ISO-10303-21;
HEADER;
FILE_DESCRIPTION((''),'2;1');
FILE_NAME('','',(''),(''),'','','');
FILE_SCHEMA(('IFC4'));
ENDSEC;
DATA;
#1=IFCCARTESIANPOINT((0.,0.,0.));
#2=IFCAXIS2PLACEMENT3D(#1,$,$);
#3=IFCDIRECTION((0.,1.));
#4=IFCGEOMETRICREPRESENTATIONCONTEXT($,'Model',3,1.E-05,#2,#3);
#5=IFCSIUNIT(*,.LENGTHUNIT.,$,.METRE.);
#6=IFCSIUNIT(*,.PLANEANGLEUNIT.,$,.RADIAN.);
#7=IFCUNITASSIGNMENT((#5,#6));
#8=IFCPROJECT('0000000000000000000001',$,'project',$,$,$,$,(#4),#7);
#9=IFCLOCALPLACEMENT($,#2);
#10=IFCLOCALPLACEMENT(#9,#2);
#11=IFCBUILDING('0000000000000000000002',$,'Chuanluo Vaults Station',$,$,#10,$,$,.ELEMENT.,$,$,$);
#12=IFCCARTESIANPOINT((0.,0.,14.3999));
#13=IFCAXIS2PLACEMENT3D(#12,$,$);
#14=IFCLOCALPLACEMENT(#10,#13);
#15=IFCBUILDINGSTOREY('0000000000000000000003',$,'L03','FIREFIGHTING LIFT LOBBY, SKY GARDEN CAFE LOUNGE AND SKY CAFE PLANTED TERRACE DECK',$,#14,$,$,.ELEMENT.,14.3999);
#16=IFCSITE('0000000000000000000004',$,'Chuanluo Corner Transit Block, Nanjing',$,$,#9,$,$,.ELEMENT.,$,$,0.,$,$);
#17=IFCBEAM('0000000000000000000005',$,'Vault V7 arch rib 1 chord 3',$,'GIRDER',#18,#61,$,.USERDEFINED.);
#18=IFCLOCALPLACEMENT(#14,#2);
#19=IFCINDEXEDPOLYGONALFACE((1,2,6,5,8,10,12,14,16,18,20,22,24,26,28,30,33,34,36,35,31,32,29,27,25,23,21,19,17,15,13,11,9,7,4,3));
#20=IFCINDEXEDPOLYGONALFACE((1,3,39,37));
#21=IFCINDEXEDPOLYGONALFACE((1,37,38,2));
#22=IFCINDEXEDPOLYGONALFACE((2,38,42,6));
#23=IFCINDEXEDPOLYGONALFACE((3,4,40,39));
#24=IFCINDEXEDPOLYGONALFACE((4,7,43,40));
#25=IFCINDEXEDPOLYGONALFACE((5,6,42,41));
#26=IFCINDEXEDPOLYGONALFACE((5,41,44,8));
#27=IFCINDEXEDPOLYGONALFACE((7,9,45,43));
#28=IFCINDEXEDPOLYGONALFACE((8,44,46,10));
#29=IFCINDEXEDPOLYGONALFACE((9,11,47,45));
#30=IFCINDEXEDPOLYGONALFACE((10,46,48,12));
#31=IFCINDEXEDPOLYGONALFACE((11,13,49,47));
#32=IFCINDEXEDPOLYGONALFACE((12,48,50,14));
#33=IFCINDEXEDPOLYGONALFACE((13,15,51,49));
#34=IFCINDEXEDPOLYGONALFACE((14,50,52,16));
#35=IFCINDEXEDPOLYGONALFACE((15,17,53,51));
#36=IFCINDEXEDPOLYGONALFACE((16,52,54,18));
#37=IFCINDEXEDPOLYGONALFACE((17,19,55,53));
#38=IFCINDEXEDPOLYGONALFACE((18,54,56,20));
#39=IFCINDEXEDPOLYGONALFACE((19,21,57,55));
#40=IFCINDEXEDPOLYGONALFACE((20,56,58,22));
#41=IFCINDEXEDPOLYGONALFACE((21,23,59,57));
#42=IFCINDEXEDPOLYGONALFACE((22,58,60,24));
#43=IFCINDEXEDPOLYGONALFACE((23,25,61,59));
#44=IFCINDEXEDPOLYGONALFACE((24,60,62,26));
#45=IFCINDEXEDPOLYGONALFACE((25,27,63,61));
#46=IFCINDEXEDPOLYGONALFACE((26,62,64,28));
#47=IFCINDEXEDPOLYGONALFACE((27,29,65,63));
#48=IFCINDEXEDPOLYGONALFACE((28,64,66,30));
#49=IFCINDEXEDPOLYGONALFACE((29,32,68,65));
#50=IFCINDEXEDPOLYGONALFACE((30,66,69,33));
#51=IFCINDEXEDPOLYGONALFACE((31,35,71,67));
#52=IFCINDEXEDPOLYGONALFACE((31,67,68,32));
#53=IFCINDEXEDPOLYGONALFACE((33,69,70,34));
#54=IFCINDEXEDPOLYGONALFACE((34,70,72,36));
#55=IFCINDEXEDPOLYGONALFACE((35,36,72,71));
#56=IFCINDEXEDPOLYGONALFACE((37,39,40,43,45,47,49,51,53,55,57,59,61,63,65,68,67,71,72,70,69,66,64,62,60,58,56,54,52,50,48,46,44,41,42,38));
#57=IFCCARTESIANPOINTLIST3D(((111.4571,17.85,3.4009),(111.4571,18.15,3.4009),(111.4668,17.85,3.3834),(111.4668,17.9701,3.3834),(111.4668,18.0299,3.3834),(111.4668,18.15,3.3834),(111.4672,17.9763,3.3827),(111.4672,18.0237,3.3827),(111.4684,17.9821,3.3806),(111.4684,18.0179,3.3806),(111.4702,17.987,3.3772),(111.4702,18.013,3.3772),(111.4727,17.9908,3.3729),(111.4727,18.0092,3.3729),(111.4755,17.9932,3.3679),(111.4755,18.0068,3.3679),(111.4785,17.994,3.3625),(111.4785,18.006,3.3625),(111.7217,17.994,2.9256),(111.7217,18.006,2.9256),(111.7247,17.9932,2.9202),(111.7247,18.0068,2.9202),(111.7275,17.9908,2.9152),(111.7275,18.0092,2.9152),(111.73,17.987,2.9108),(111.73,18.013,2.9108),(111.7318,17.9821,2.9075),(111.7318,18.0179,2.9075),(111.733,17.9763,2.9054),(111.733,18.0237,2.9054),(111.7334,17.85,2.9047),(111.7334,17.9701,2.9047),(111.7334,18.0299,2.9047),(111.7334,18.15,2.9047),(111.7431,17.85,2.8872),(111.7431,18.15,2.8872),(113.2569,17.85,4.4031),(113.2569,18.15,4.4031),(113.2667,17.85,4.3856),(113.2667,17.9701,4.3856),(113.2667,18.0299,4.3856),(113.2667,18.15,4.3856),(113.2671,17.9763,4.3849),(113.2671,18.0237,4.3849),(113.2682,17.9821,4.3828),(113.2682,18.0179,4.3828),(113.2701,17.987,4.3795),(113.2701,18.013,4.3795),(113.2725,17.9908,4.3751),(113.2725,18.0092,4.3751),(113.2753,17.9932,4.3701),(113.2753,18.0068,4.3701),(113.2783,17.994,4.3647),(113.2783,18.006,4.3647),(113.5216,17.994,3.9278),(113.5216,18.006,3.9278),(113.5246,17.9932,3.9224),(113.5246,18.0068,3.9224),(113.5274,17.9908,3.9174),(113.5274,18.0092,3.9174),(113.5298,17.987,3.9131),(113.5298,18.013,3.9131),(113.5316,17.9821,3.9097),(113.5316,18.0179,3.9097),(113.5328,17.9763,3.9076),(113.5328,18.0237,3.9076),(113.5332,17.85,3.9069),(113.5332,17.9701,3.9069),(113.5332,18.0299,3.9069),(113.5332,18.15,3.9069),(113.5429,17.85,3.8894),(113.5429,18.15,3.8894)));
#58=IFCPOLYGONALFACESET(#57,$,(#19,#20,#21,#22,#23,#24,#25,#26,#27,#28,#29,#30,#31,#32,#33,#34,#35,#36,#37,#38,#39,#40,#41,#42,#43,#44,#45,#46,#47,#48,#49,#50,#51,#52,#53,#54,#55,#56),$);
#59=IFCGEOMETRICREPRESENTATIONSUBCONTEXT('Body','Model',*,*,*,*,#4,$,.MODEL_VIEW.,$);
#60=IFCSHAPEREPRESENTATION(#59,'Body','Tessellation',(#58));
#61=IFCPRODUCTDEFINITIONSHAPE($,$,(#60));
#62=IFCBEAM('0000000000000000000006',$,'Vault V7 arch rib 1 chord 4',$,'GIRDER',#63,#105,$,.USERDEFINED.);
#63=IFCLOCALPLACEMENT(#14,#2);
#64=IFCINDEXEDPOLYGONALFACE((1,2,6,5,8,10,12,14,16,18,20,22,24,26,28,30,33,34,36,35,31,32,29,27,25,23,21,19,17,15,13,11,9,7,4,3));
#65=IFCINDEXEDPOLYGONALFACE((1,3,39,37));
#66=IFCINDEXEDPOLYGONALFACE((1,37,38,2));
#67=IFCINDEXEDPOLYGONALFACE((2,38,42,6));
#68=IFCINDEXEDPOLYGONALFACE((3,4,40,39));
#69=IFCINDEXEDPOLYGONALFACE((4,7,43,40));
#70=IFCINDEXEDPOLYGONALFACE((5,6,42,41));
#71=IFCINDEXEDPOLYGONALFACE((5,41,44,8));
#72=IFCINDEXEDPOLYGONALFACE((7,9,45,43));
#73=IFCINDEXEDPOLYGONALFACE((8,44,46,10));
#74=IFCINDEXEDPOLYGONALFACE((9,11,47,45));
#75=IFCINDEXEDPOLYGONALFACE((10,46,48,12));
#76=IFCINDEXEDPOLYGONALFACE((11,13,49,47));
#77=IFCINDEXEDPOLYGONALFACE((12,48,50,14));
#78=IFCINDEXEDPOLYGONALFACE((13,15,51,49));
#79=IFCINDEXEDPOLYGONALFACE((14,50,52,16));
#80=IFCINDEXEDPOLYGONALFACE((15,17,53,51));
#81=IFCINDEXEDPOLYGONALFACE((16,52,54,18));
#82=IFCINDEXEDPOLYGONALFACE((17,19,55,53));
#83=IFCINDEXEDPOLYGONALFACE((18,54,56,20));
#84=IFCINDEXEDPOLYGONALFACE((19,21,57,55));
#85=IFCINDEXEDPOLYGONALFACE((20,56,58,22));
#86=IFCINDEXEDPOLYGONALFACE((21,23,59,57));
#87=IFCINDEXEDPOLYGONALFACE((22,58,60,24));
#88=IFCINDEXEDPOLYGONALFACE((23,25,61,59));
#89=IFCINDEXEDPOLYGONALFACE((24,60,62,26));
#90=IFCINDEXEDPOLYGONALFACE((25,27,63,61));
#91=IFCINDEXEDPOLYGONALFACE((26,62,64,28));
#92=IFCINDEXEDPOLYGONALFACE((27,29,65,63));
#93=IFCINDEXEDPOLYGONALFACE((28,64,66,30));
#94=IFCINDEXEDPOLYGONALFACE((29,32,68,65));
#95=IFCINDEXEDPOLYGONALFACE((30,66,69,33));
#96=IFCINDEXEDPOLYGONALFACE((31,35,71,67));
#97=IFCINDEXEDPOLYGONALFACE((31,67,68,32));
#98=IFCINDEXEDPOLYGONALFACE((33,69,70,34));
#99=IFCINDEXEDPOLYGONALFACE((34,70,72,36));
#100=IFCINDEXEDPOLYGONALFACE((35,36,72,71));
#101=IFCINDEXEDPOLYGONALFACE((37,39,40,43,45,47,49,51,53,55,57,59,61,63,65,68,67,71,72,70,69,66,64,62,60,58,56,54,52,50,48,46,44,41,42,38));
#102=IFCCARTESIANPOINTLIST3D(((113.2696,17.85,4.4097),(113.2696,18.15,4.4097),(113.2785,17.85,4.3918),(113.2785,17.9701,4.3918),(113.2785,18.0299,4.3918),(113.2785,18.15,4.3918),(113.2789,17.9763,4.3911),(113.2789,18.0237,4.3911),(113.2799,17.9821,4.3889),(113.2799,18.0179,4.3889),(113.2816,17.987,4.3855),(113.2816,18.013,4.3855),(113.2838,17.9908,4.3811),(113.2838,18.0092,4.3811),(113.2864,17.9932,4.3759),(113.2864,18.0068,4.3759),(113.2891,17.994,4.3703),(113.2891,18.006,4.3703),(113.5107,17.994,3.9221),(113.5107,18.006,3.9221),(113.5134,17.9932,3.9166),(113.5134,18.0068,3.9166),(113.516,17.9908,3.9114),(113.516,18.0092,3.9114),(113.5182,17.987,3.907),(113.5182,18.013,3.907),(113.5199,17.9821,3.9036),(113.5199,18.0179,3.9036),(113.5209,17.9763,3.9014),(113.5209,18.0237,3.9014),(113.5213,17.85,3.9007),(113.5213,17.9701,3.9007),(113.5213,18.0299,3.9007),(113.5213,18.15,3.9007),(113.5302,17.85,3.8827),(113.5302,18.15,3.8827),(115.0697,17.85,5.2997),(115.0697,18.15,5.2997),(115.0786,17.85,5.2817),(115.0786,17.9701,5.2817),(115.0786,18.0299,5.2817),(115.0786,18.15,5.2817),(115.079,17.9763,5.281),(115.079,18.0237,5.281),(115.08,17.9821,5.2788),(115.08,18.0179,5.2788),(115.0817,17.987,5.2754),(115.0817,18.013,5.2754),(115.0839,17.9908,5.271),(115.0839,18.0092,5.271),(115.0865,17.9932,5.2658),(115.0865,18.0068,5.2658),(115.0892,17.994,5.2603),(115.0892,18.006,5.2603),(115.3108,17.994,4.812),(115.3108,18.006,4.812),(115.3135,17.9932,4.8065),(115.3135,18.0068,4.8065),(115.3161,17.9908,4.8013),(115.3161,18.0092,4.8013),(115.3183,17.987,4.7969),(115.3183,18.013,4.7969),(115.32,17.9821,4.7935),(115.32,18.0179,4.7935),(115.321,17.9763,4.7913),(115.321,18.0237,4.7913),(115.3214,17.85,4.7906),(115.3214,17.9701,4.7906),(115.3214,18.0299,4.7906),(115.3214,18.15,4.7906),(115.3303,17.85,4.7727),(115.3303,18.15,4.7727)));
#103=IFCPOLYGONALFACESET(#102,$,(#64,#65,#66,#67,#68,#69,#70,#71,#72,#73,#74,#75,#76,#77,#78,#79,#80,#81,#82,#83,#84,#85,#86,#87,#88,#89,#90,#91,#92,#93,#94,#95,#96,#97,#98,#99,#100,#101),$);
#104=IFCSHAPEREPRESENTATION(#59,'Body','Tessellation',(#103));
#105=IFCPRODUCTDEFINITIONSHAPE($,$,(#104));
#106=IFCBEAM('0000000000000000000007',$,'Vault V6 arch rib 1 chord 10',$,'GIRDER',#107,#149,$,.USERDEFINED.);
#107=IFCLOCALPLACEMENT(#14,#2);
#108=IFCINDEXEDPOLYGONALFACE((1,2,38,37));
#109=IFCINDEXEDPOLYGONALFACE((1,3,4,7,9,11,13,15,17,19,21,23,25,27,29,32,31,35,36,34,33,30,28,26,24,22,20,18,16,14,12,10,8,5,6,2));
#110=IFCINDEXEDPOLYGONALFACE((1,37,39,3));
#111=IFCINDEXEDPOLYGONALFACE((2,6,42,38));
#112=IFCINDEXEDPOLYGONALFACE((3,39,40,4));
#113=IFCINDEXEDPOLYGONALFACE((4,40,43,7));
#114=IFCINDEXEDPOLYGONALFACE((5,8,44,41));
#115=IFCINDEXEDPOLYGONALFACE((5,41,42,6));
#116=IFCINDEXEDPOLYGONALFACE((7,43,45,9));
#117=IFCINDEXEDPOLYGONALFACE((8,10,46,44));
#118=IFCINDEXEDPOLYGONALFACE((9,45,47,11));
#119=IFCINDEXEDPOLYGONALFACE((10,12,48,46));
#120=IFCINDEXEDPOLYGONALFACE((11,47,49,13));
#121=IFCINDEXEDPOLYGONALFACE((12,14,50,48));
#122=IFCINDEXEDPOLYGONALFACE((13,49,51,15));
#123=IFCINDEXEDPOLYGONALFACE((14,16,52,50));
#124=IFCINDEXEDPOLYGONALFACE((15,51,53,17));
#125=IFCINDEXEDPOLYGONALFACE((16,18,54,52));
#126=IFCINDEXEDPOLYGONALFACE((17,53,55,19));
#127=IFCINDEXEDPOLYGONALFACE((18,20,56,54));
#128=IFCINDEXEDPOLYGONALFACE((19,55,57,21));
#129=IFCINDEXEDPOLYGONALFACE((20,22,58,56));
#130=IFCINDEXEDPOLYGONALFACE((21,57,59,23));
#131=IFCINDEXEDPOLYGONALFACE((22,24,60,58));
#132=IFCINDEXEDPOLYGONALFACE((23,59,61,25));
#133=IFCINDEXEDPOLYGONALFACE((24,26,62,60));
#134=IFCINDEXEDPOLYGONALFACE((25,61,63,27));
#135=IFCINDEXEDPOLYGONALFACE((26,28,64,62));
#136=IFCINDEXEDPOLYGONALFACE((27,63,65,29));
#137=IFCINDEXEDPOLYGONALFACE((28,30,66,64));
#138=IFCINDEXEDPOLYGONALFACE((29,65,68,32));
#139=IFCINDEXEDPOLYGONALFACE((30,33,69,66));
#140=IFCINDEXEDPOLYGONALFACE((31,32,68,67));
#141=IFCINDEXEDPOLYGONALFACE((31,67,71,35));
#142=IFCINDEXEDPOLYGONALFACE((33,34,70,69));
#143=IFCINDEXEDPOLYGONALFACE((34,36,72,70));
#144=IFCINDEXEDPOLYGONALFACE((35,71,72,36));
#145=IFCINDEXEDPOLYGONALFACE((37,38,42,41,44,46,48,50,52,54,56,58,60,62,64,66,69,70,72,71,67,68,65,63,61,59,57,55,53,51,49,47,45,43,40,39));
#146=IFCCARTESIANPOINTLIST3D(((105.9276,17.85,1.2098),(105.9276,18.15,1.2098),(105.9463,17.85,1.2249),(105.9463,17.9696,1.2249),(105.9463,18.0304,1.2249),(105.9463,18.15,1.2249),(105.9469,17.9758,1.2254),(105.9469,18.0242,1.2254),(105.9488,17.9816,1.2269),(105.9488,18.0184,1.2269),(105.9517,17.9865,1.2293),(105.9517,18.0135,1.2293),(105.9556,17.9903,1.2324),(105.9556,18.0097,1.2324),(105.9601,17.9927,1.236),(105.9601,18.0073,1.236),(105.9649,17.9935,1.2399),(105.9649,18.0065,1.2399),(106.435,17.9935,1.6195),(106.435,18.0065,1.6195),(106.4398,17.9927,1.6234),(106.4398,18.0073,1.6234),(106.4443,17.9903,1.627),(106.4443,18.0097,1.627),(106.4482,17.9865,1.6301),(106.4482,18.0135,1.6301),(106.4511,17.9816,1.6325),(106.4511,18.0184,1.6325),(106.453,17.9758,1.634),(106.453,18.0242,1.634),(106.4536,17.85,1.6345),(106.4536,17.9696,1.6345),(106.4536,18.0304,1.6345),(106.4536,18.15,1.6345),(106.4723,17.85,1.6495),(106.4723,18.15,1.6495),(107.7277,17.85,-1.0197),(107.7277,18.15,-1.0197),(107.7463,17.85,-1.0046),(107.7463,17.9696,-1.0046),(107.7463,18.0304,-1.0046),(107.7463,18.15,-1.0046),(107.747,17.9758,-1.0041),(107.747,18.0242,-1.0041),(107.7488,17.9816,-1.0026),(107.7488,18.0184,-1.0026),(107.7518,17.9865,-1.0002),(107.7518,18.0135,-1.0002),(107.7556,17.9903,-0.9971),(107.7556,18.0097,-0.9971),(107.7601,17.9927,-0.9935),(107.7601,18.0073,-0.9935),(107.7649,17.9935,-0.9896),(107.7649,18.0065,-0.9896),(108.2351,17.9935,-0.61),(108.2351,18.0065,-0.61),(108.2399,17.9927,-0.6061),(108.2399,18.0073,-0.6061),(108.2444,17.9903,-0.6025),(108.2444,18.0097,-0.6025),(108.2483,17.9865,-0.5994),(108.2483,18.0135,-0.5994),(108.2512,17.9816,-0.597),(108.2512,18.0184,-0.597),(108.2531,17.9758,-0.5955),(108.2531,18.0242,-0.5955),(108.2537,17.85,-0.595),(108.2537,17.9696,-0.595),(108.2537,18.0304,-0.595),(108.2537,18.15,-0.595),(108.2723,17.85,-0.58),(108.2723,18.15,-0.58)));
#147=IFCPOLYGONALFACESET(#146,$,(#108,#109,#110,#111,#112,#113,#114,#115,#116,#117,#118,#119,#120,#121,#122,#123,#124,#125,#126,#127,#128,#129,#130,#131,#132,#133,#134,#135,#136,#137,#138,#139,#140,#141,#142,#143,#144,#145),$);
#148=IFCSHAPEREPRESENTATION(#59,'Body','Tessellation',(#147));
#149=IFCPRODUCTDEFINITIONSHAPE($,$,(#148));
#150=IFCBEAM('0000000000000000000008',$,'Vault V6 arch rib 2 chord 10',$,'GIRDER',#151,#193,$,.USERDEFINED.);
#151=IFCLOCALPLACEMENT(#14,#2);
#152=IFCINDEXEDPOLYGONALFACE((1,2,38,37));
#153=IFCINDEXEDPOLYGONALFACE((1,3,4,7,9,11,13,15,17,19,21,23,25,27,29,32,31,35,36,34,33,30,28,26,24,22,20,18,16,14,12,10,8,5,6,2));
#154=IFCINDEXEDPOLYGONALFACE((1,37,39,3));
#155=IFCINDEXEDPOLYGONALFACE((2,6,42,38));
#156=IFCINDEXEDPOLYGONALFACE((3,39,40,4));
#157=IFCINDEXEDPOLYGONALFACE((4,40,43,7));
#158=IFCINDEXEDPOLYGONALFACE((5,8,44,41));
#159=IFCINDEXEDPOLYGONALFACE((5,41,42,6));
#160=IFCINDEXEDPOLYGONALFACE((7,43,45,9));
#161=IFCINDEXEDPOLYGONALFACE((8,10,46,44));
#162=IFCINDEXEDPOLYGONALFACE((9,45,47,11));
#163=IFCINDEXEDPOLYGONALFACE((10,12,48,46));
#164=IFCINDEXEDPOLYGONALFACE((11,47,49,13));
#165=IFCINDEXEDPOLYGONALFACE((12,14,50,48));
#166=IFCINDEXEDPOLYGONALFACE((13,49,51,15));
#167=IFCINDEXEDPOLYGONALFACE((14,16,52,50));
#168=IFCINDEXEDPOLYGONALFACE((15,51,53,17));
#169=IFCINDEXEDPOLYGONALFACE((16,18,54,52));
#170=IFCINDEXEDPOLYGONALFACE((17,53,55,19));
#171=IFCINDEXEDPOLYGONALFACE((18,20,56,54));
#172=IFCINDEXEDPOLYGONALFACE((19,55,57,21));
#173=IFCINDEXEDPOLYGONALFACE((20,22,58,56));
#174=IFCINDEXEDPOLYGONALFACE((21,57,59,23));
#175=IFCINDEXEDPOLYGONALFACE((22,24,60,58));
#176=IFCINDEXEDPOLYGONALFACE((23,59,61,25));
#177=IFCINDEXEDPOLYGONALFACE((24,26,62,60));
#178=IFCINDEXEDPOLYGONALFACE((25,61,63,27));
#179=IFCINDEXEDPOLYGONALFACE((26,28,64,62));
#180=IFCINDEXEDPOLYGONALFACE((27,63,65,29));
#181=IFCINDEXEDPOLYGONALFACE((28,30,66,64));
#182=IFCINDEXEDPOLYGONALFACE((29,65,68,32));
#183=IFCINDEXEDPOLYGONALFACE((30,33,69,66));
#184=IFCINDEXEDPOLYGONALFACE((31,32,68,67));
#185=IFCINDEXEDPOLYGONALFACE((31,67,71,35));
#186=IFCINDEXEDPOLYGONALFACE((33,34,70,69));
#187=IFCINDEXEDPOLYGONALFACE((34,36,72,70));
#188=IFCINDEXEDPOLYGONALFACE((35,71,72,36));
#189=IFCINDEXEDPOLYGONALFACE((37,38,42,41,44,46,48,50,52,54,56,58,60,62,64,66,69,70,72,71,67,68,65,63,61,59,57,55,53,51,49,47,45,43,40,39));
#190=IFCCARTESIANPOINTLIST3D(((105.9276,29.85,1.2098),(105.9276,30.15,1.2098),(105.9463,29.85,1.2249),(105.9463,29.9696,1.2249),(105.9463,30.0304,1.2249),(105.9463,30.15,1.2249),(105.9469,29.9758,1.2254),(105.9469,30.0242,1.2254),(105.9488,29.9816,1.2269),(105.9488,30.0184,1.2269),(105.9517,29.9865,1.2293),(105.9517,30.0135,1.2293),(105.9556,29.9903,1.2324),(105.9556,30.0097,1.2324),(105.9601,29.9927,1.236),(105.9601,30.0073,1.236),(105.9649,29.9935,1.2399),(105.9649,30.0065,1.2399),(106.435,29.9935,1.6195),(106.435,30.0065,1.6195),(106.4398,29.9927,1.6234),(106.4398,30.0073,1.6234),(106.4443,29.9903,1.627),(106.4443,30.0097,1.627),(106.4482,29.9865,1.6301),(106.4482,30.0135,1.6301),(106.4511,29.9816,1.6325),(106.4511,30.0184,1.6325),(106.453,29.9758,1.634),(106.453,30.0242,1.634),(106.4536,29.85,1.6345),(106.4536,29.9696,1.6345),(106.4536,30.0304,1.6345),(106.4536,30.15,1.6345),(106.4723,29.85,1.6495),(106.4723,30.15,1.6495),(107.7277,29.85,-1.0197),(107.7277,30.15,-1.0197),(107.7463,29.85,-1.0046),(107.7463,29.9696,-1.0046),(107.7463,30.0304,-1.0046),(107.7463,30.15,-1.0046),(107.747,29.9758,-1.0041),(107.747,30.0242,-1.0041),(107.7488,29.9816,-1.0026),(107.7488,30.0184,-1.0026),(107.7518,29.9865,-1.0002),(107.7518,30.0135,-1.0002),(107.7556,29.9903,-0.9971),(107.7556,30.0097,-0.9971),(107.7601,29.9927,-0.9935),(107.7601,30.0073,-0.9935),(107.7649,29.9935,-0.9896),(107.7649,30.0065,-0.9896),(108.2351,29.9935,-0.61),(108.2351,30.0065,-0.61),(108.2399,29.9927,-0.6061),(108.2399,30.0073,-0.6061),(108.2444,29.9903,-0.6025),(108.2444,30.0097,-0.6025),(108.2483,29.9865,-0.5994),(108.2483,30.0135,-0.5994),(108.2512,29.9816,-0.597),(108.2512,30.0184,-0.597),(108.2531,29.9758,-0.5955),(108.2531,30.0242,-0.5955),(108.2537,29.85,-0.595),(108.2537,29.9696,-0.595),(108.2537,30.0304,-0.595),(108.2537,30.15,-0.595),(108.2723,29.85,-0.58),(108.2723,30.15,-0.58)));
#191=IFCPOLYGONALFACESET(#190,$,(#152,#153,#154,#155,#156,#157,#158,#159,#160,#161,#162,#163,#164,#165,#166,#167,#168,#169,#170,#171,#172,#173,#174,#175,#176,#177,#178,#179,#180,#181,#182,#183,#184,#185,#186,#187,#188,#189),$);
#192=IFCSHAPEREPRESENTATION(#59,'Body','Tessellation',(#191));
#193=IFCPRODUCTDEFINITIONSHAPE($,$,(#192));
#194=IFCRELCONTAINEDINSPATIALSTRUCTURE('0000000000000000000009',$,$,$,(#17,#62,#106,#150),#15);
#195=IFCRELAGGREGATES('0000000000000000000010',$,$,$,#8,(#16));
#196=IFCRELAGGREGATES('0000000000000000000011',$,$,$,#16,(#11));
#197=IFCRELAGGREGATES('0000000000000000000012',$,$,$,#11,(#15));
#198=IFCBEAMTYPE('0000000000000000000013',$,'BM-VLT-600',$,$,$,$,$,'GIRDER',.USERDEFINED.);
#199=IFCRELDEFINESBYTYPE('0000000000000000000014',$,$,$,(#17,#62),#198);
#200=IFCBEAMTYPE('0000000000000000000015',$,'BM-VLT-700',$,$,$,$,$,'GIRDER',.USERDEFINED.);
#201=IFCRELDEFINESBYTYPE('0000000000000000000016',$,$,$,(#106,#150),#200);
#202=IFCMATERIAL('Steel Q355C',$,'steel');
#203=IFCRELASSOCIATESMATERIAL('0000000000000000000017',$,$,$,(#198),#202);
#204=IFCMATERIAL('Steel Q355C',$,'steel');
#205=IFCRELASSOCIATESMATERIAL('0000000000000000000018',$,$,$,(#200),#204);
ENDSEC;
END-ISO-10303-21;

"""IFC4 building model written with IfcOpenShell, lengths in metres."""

from ifc_helpers import new_model, si_unit, direction, frame, origin, origin_2d, place, context, subcontext, project, spatial, i_section, extrude, material, material_profile, profile_set, type_object, element, save


model = new_model("IFC4")

# Units and contexts
model_context = context("Model", 3, precision=1e-05, world=origin(), true_north=direction((0.0, 1.0)))
body_context = subcontext(model_context, "Body", "Model", "MODEL_VIEW")
ifc_project = project(units=[si_unit("LENGTHUNIT", "METRE"), si_unit("PLANEANGLEUNIT", "RADIAN")], contexts=[model_context])

# Site, building, storey
site_placement = place(None, origin())
site = spatial("IfcSite", under=ifc_project, at=site_placement, Name="Chuanluo Corner Transit Block, Nanjing", CompositionType="ELEMENT", RefElevation=0.0)
building_placement = place(site_placement, origin())
building = spatial("IfcBuilding", under=site, at=building_placement, Name="Chuanluo Vaults Station", CompositionType="ELEMENT")
storey_placement = place(building_placement, frame((0.0, 0.0, 14.3999)))
storey = spatial("IfcBuildingStorey", under=building, at=storey_placement, Name="L03", Description="FIREFIGHTING LIFT LOBBY, SKY GARDEN CAFE LOUNGE AND SKY CAFE PLANTED TERRACE DECK", CompositionType="ELEMENT", Elevation=14.3999)

# Beams
ifc_material_1 = material(Name="Steel Q355C", Category="steel")
ifc_material_profile_1 = material_profile(ifc_material_1, i_section(OverallWidth=0.3, OverallDepth=0.5879, WebThickness=0.012, FlangeThickness=0.02, FilletRadius=0.0239, at=origin_2d()))
ifc_profile_set_1 = profile_set([ifc_material_profile_1], Name="Steel Q355C")
beam_type_1 = type_object("IfcBeamType", Name="BM-VLT-600", ElementType="GIRDER", PredefinedType="USERDEFINED", material=ifc_profile_set_1)
beam_1_placement = place(storey_placement, frame((111.6001, 18.0, 3.144), z_axis=(0.873682, 0.0, 0.486498), x_axis=(0.0, 1.0, 0.0)))
element("IfcBeam", 1, at=beam_1_placement, inside=storey, type_object=beam_type_1, Name="Vault V7 arch rib 1 chord 3", ObjectType="GIRDER", PredefinedType="USERDEFINED", context=body_context, shape_type="SweptSolid", body=[
    extrude(i_section(OverallWidth=0.3, OverallDepth=0.5879, WebThickness=0.012, FlangeThickness=0.02, FilletRadius=0.0239, at=origin_2d()), origin(), (0.0, 0.0, 1.0), 2.0601),
])
beam_2_placement = place(storey_placement, frame((113.3999, 18.0, 4.1462), z_axis=(0.896436, 0.0, 0.443172), x_axis=(0.0, 1.0, 0.0)))
element("IfcBeam", 2, at=beam_2_placement, inside=storey, type_object=beam_type_1, Name="Vault V7 arch rib 1 chord 4", ObjectType="GIRDER", PredefinedType="USERDEFINED", context=body_context, shape_type="SweptSolid", body=[
    extrude(i_section(OverallWidth=0.3, OverallDepth=0.5879, WebThickness=0.012, FlangeThickness=0.02, FilletRadius=0.0239, at=origin_2d()), origin(), (0.0, 0.0, 1.0), 2.0081),
])
ifc_material_2 = material(Name="Steel Q355C", Category="steel")
ifc_material_profile_2 = material_profile(ifc_material_2, i_section(OverallWidth=0.3, OverallDepth=0.7, WebThickness=0.0129, FlangeThickness=0.0239, FilletRadius=0.0239, at=origin_2d()))
ifc_profile_set_2 = profile_set([ifc_material_profile_2], Name="Steel Q355C")
beam_type_2 = type_object("IfcBeamType", Name="BM-VLT-700", ElementType="GIRDER", PredefinedType="USERDEFINED", material=ifc_profile_set_2)
for number, where, z_axis, x_axis, name in (
    (3, (106.2, 18.0, 1.4297), (0.62819, 0.0, -0.77806), (0.0, 1.0, 0.0), "Vault V6 arch rib 1 chord 10"),
    (4, (106.2, 30.0, 1.4297), (0.62819, 0.0, -0.77806), (0.0, 1.0, 0.0), "Vault V6 arch rib 2 chord 10"),
):
    element("IfcBeam", number, at=place(storey_placement, frame(where, z_axis=z_axis, x_axis=x_axis)), inside=storey, type_object=beam_type_2, Name=name, ObjectType="GIRDER", PredefinedType="USERDEFINED", context=body_context, shape_type="SweptSolid", body=[
        extrude(i_section(OverallWidth=0.3, OverallDepth=0.7, WebThickness=0.0129, FlangeThickness=0.0239, FilletRadius=0.0239, at=origin_2d()), origin(), (0.0, 0.0, 1.0), 2.8655),
    ])

save(model, "model.ifc")
